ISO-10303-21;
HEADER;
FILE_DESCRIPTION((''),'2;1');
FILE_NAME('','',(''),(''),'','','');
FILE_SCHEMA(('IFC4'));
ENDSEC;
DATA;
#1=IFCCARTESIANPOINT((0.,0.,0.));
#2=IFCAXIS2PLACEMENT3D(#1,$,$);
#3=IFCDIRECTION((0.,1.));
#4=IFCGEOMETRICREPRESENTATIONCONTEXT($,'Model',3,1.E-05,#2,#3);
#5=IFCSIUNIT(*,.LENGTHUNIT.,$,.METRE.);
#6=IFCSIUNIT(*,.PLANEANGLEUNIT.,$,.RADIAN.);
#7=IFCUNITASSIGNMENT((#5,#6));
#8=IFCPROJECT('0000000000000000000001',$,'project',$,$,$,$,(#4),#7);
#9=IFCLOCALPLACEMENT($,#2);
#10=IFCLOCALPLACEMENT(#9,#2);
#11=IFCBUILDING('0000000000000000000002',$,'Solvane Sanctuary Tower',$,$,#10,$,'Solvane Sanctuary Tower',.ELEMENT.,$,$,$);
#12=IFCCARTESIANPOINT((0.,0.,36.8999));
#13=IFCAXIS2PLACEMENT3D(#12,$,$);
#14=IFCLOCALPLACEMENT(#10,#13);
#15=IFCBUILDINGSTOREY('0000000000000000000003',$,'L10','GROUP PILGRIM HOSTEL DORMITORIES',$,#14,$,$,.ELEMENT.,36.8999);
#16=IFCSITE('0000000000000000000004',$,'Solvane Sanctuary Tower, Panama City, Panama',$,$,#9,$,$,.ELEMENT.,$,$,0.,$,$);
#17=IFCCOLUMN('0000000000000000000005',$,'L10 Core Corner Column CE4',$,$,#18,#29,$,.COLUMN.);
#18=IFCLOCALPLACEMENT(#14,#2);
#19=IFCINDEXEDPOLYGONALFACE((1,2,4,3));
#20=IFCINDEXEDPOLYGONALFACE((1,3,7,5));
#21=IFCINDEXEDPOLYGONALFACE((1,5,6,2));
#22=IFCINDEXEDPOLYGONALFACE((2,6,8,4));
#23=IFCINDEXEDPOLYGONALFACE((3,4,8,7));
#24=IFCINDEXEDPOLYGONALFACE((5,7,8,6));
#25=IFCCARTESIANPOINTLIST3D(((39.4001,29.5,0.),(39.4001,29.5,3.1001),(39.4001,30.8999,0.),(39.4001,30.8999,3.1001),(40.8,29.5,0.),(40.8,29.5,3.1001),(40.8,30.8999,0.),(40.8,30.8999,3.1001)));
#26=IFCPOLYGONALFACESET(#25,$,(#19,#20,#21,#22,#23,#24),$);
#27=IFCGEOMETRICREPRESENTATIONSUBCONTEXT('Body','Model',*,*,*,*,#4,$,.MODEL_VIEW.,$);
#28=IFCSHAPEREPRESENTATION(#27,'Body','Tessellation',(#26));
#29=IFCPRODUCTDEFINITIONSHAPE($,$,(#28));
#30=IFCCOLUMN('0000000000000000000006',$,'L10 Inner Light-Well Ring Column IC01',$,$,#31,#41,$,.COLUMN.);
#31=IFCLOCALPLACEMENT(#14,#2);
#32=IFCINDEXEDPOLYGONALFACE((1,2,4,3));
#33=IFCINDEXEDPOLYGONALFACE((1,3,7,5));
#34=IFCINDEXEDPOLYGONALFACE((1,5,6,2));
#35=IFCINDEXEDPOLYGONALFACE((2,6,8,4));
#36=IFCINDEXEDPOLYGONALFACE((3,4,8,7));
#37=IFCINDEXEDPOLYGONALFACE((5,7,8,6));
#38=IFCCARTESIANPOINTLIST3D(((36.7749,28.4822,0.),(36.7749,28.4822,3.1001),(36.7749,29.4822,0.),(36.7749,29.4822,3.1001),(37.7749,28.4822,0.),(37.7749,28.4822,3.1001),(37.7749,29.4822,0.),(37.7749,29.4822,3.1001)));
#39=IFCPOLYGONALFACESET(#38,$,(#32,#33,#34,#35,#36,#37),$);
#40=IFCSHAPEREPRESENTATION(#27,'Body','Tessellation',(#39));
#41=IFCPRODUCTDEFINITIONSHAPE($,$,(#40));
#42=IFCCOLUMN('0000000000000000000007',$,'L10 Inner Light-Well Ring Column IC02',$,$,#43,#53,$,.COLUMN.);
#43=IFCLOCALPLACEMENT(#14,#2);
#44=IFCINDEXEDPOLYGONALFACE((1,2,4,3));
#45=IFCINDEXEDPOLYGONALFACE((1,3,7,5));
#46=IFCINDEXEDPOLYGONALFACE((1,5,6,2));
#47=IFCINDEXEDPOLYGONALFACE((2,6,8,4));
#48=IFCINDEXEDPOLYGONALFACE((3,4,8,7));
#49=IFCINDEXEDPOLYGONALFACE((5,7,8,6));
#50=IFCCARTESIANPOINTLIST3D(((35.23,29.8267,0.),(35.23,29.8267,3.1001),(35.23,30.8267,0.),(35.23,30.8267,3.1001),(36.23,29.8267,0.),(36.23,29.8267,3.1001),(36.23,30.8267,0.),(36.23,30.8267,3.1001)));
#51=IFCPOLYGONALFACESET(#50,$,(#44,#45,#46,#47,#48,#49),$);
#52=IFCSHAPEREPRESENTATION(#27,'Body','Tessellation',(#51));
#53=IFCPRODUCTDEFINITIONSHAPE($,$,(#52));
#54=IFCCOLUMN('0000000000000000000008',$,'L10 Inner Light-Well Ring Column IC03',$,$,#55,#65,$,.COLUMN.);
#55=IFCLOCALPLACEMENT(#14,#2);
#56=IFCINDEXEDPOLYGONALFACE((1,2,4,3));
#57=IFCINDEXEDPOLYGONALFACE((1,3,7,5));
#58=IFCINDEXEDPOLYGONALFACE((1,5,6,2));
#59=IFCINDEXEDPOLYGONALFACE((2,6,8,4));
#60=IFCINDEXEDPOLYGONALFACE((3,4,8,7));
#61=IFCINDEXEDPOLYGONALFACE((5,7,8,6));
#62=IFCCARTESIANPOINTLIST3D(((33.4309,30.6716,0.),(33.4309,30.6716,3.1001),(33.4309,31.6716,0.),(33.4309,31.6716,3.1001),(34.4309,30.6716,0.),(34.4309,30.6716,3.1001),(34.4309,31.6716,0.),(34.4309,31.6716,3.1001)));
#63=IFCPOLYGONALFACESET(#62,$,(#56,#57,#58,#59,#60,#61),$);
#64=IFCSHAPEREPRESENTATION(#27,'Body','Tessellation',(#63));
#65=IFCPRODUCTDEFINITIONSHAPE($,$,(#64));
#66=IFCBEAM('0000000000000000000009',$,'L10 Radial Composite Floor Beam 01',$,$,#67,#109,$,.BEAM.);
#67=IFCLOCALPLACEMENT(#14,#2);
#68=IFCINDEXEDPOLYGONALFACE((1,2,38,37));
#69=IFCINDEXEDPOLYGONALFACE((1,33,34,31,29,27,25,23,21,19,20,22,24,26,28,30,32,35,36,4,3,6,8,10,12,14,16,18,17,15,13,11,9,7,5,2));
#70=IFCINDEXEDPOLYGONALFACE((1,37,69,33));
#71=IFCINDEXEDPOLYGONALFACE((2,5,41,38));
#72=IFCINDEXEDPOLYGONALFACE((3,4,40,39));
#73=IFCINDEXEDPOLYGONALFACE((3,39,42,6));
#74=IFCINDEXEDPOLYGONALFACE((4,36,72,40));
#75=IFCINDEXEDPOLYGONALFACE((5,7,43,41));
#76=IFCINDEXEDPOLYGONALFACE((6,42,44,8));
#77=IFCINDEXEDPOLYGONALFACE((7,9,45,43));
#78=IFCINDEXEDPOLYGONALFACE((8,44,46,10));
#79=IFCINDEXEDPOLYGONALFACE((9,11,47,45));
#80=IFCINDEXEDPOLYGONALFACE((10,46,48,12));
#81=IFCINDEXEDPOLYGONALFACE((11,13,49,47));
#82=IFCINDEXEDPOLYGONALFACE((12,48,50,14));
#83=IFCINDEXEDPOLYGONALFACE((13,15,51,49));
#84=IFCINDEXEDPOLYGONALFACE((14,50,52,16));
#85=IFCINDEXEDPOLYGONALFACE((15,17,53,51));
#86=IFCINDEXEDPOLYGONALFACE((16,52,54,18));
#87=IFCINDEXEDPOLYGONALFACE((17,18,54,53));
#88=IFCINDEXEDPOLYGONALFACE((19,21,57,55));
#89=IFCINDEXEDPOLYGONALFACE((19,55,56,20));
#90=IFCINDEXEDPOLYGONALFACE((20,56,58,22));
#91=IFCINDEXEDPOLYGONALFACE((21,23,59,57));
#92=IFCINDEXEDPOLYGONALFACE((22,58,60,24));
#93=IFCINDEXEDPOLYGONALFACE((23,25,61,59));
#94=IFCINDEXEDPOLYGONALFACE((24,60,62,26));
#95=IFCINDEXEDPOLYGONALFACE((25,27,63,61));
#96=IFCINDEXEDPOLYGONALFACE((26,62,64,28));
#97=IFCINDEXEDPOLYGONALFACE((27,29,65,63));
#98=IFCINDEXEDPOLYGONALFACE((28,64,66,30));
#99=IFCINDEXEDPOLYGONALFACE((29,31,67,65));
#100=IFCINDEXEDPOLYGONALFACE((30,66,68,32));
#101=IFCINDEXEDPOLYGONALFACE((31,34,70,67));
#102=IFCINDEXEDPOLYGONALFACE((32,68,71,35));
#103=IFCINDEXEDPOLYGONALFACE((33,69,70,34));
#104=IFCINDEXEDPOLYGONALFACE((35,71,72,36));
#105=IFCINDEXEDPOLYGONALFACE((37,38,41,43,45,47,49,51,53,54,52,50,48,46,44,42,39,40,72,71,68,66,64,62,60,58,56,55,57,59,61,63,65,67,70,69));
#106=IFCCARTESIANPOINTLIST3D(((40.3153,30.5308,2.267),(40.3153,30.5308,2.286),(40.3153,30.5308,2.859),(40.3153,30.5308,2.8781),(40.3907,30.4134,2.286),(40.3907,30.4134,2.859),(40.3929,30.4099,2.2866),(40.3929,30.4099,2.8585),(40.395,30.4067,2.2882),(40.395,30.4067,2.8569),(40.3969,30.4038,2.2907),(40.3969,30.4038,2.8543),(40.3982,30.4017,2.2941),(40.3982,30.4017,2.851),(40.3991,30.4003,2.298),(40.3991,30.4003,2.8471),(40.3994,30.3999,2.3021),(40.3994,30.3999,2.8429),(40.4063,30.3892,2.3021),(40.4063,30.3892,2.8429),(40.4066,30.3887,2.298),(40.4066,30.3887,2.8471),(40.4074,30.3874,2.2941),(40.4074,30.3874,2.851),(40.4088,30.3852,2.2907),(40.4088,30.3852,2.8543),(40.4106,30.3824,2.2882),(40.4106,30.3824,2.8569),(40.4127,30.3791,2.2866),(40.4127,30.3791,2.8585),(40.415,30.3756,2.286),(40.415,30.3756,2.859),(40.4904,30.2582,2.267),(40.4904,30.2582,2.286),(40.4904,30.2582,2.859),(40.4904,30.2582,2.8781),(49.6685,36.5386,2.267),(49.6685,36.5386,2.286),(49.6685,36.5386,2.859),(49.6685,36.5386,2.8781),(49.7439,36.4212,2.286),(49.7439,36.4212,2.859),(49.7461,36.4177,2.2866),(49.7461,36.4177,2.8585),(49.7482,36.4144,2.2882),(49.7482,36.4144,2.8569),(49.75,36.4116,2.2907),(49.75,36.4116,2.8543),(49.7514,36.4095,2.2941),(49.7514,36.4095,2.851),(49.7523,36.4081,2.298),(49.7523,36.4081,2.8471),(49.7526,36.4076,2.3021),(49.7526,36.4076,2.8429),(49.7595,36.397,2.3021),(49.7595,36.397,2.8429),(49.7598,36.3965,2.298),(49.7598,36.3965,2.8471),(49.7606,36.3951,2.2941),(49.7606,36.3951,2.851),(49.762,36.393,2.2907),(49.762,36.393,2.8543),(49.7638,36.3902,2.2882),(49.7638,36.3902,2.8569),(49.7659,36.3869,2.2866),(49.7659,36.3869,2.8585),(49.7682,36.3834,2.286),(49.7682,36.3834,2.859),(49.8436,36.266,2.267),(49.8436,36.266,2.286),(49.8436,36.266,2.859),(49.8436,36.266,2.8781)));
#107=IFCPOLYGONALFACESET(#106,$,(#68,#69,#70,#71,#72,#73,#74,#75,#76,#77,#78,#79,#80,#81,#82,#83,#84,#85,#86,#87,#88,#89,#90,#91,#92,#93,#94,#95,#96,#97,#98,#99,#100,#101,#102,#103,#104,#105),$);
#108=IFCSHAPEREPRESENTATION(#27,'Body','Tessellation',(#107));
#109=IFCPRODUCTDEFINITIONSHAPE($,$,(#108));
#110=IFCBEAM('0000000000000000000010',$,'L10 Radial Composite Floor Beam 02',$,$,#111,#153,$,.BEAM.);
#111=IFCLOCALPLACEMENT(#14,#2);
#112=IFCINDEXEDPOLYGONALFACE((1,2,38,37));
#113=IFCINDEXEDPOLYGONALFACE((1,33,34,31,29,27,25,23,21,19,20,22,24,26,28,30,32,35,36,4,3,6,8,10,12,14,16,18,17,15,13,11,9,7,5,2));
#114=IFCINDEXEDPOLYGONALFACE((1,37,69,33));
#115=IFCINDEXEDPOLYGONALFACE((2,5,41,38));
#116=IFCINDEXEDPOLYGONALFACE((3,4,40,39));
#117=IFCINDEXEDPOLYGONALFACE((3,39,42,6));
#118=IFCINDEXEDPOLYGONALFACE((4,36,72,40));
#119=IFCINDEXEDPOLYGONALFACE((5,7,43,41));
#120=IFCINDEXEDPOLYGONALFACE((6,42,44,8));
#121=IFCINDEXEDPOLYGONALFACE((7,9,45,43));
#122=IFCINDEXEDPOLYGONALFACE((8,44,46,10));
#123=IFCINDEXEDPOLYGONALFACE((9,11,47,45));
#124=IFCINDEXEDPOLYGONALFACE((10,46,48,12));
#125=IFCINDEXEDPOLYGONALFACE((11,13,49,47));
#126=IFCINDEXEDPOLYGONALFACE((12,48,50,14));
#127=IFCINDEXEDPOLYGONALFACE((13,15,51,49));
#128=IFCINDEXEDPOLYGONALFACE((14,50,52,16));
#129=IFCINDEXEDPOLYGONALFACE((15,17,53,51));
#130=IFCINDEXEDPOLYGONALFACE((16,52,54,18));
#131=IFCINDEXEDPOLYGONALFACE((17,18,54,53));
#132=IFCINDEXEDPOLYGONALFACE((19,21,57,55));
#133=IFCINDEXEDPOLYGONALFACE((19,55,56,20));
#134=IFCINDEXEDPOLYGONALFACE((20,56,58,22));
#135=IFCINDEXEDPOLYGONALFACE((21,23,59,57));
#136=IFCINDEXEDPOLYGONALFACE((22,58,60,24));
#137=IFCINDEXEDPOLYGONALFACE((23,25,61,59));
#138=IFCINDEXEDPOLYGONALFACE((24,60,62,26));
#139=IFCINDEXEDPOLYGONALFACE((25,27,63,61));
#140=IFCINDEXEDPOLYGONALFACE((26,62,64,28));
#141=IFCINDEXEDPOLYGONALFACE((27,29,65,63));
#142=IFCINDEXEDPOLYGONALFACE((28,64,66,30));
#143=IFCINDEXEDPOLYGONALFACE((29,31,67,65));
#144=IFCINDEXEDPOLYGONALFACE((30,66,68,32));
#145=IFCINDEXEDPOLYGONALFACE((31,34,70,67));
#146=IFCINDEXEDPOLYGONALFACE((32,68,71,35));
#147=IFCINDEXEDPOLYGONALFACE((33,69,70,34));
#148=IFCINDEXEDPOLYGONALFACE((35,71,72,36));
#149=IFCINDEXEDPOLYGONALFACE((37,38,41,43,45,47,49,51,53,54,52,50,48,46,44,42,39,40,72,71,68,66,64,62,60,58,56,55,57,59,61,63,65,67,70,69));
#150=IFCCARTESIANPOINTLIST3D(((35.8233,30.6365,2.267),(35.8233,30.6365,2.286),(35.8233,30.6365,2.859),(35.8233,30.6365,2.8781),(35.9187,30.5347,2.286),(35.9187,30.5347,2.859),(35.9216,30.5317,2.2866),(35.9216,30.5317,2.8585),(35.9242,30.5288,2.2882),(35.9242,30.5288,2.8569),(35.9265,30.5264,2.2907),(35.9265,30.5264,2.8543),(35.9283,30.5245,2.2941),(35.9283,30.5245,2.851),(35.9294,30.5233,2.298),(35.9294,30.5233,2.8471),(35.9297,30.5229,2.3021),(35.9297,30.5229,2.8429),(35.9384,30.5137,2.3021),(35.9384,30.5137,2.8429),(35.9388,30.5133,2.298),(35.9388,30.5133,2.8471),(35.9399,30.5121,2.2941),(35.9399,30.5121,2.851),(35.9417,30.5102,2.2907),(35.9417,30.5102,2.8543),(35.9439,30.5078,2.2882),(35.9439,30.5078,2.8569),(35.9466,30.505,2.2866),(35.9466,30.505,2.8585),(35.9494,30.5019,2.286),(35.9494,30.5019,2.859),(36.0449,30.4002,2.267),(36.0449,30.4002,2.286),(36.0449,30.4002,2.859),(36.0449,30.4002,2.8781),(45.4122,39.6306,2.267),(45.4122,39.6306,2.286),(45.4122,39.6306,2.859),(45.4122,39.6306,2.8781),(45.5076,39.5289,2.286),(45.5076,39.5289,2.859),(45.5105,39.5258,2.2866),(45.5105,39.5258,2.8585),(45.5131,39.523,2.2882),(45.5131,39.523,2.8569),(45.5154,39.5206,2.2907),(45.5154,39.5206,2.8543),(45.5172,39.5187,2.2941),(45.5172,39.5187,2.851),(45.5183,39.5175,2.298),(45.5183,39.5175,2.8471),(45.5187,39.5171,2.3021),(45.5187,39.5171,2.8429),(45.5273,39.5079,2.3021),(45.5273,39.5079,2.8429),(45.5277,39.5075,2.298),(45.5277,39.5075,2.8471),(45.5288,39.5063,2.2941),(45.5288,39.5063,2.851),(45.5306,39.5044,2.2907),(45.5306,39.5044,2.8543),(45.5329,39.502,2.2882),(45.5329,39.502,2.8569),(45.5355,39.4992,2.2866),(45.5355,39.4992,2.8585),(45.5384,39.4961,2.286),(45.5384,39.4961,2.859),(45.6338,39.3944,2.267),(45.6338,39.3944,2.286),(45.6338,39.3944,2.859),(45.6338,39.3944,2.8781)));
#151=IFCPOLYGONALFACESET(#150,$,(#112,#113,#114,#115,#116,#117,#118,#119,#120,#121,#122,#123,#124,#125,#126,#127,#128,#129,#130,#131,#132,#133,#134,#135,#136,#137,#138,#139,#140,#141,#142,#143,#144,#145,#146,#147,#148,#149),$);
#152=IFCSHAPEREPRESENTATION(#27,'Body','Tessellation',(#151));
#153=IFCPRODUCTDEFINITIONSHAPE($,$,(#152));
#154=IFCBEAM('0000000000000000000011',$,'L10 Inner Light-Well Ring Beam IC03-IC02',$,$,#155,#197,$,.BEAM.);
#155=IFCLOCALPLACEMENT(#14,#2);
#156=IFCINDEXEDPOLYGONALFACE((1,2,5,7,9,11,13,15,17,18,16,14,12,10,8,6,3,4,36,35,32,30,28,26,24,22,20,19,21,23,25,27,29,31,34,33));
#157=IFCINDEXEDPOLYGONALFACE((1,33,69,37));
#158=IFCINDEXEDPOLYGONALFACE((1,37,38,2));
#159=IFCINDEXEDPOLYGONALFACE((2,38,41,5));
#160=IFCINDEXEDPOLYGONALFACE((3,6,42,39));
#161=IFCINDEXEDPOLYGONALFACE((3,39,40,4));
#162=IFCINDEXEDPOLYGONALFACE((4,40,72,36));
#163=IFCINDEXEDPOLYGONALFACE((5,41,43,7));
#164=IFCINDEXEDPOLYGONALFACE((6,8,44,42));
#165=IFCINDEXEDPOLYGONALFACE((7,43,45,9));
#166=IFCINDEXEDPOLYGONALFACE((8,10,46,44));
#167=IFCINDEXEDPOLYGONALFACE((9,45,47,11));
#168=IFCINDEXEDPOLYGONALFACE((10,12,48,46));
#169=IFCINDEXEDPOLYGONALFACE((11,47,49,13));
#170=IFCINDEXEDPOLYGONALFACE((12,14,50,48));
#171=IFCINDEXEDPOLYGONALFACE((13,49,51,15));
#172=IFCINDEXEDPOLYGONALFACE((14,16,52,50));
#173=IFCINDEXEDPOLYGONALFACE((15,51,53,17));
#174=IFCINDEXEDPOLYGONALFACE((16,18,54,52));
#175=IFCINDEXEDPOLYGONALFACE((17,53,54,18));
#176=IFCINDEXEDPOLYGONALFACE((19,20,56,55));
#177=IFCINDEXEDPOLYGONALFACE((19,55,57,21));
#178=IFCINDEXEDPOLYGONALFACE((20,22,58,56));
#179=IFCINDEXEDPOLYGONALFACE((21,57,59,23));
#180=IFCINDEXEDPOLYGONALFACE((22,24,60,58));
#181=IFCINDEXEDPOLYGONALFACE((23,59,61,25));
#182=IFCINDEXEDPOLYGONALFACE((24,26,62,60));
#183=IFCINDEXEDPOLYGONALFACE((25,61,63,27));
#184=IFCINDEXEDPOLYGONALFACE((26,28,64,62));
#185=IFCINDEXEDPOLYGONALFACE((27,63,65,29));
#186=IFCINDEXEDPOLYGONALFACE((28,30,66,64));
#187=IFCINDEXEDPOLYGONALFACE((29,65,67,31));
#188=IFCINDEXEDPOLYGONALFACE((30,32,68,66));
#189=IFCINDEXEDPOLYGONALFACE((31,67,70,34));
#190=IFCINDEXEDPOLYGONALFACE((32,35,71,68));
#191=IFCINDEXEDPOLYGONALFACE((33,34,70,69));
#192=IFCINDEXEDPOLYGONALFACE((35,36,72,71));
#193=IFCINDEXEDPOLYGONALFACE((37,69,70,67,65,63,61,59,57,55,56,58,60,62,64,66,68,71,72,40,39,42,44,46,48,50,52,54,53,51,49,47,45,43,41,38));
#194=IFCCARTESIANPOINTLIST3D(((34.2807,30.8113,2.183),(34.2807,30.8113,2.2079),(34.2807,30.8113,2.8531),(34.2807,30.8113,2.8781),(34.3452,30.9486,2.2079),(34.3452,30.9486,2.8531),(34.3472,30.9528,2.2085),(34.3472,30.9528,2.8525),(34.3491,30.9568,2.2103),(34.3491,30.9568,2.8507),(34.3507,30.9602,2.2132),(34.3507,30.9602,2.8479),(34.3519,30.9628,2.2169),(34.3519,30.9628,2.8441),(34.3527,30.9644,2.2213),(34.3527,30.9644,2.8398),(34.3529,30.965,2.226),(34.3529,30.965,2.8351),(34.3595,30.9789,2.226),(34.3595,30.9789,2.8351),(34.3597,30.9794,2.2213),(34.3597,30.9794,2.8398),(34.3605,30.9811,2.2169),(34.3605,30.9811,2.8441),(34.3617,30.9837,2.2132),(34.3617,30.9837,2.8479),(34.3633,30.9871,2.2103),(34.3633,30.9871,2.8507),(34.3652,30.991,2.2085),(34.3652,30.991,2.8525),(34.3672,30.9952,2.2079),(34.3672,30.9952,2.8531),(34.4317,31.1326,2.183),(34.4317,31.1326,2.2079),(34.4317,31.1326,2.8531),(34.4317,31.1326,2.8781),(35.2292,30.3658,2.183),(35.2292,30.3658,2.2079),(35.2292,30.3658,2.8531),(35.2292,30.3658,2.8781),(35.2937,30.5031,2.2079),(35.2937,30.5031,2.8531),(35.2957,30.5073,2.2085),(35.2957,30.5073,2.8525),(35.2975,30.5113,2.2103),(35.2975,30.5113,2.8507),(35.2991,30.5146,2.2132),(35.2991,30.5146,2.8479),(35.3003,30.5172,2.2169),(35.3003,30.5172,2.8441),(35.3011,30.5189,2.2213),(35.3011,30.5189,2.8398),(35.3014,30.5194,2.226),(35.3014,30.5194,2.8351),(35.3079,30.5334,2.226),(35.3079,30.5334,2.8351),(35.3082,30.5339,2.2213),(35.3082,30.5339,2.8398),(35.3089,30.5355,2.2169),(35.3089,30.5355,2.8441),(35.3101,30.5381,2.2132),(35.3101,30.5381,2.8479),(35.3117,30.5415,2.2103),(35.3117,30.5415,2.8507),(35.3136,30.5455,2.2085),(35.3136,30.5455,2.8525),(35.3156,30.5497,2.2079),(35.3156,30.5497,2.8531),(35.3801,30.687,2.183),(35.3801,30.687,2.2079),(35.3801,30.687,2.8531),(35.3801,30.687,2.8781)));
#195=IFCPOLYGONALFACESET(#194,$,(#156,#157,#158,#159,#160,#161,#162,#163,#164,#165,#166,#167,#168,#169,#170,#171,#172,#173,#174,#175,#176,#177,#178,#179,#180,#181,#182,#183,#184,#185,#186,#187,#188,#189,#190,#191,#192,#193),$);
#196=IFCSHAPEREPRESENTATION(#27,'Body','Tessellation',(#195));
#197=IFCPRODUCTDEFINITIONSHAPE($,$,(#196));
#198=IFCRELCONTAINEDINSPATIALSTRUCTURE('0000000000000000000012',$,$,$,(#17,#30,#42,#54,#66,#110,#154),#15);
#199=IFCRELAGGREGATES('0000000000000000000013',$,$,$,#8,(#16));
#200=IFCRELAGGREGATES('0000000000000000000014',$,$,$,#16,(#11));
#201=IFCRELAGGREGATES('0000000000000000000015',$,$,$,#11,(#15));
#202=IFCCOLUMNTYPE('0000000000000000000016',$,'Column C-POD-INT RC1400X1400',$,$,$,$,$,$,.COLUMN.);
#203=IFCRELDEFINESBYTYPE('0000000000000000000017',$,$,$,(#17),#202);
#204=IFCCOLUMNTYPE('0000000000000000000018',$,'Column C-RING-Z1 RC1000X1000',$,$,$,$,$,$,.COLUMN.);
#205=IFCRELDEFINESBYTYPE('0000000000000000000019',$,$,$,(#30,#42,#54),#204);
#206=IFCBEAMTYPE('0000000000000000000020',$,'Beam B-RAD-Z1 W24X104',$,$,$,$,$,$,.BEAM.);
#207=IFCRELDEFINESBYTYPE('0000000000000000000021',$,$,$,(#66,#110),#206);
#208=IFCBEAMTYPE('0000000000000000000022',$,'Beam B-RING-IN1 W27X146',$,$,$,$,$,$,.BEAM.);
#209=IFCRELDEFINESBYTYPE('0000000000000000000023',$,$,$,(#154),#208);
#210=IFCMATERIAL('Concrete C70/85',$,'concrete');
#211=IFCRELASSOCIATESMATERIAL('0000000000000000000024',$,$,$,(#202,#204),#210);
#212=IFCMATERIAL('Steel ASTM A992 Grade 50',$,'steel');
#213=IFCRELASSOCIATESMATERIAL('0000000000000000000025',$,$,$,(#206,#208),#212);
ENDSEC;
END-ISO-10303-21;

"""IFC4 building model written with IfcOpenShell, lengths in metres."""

from ifc_helpers import new_model, si_unit, direction, frame, origin, origin_2d, place, context, subcontext, project, spatial, rectangle, i_section, extrude, material, material_profile, profile_set, type_object, element, save


model = new_model("IFC4")

# Units and contexts
model_context = context("Model", 3, precision=1e-05, world=origin(), true_north=direction((0.0, 1.0)))
body_context = subcontext(model_context, "Body", "Model", "MODEL_VIEW")
ifc_project = project(units=[si_unit("LENGTHUNIT", "METRE"), si_unit("PLANEANGLEUNIT", "RADIAN")], contexts=[model_context])

# Site, building, storey
site_placement = place(None, origin())
site = spatial("IfcSite", under=ifc_project, at=site_placement, Name="Solvane Sanctuary Tower, Panama City, Panama", CompositionType="ELEMENT", RefElevation=0.0)
building_placement = place(site_placement, origin())
building = spatial("IfcBuilding", under=site, at=building_placement, Name="Solvane Sanctuary Tower", LongName="Solvane Sanctuary Tower", CompositionType="ELEMENT")
storey_placement = place(building_placement, frame((0.0, 0.0, 36.8999)))
storey = spatial("IfcBuildingStorey", under=building, at=storey_placement, Name="L10", Description="GROUP PILGRIM HOSTEL DORMITORIES", CompositionType="ELEMENT", Elevation=36.8999)

# Columns
ifc_material_1 = material(Name="Concrete C70/85", Category="concrete")
ifc_material_profile_1 = material_profile(ifc_material_1, rectangle(XDim=1.3999, YDim=1.3999, at=origin_2d()), Name="RC1400X1400")
ifc_profile_set_1 = profile_set([ifc_material_profile_1], Name="Concrete C70/85")
column_type_1 = type_object("IfcColumnType", Name="Column C-POD-INT RC1400X1400", PredefinedType="COLUMN", material=ifc_profile_set_1)
column_placement = place(storey_placement, frame((40.1001, 30.2, 0.0), z_axis=(0.0, 0.0, 1.0), x_axis=(1.0, 0.0, 0.0)))
element("IfcColumn", 1, at=column_placement, inside=storey, type_object=column_type_1, Name="L10 Core Corner Column CE4", PredefinedType="COLUMN", context=body_context, shape_type="SweptSolid", body=[
    extrude(rectangle(XDim=1.3999, YDim=1.3999, at=origin_2d()), origin(), (0.0, 0.0, 1.0), 3.1001),
])
ifc_material_profile_2 = material_profile(ifc_material_1, rectangle(XDim=1.0, YDim=1.0, at=origin_2d()), Name="RC1000X1000")
ifc_profile_set_2 = profile_set([ifc_material_profile_2], Name="Concrete C70/85")
column_type_2 = type_object("IfcColumnType", Name="Column C-RING-Z1 RC1000X1000", PredefinedType="COLUMN", material=ifc_profile_set_2)
for number, where, z_axis, x_axis, name in (
    (2, (37.2749, 28.9822, 0.0), (0.0, 0.0, 1.0), (1.0, 0.0, 0.0), "L10 Inner Light-Well Ring Column IC01"),
    (3, (35.73, 30.3267, 0.0), (0.0, 0.0, 1.0), (1.0, 0.0, 0.0), "L10 Inner Light-Well Ring Column IC02"),
    (4, (33.9309, 31.1716, 0.0), (0.0, 0.0, 1.0), (1.0, 0.0, 0.0), "L10 Inner Light-Well Ring Column IC03"),
):
    element("IfcColumn", number, at=place(storey_placement, frame(where, z_axis=z_axis, x_axis=x_axis)), inside=storey, type_object=column_type_2, Name=name, PredefinedType="COLUMN", context=body_context, shape_type="SweptSolid", body=[
        extrude(rectangle(XDim=1.0, YDim=1.0, at=origin_2d()), origin(), (0.0, 0.0, 1.0), 3.1001),
    ])

# Beams
ifc_material_2 = material(Name="Steel ASTM A992 Grade 50", Category="steel")
ifc_material_profile_3 = material_profile(ifc_material_2, i_section(OverallWidth=0.324, OverallDepth=0.6111, WebThickness=0.0127, FlangeThickness=0.019, FilletRadius=0.0161, at=origin_2d()), Name="W24X104")
ifc_profile_set_3 = profile_set([ifc_material_profile_3], Name="Steel ASTM A992 Grade 50")
beam_type_1 = type_object("IfcBeamType", Name="Beam B-RAD-Z1 W24X104", PredefinedType="BEAM", material=ifc_profile_set_3)
beam_1_placement = place(storey_placement, frame((40.4028, 30.3945, 2.5725), z_axis=(0.841383, 0.540439, 0.0), x_axis=(-0.540439, 0.841383, 0.0)))
element("IfcBeam", 5, at=beam_1_placement, inside=storey, type_object=beam_type_1, Name="L10 Radial Composite Floor Beam 01", PredefinedType="BEAM", context=body_context, shape_type="SweptSolid", body=[
    extrude(i_section(OverallWidth=0.324, OverallDepth=0.6111, WebThickness=0.0127, FlangeThickness=0.019, FilletRadius=0.0161, at=origin_2d()), origin(), (0.0, 0.0, 1.0), 11.1165),
])
beam_2_placement = place(storey_placement, frame((35.9341, 30.5183, 2.5725), z_axis=(0.729363, 0.684126, 0.0), x_axis=(-0.684126, 0.729363, 0.0)))
element("IfcBeam", 6, at=beam_2_placement, inside=storey, type_object=beam_type_1, Name="L10 Radial Composite Floor Beam 02", PredefinedType="BEAM", context=body_context, shape_type="SweptSolid", body=[
    extrude(i_section(OverallWidth=0.324, OverallDepth=0.6111, WebThickness=0.0127, FlangeThickness=0.019, FilletRadius=0.0161, at=origin_2d()), origin(), (0.0, 0.0, 1.0), 13.147),
])
ifc_material_profile_4 = material_profile(ifc_material_2, i_section(OverallWidth=0.355, OverallDepth=0.6951, WebThickness=0.0154, FlangeThickness=0.0249, FilletRadius=0.0181, at=origin_2d()), Name="W27X146")
ifc_profile_set_4 = profile_set([ifc_material_profile_4], Name="Steel ASTM A992 Grade 50")
beam_type_2 = type_object("IfcBeamType", Name="Beam B-RING-IN1 W27X146", PredefinedType="BEAM", material=ifc_profile_set_4)
beam_3_placement = place(storey_placement, frame((34.3562, 30.9719, 2.5305), z_axis=(0.905109, -0.42518, 0.0), x_axis=(0.42518, 0.905109, 0.0)))
element("IfcBeam", 7, at=beam_3_placement, inside=storey, type_object=beam_type_2, Name="L10 Inner Light-Well Ring Beam IC03-IC02", PredefinedType="BEAM", context=body_context, shape_type="SweptSolid", body=[
    extrude(i_section(OverallWidth=0.355, OverallDepth=0.6951, WebThickness=0.0154, FlangeThickness=0.0249, FilletRadius=0.0181, at=origin_2d()), origin(), (0.0, 0.0, 1.0), 1.0479),
])

save(model, "model.ifc")
